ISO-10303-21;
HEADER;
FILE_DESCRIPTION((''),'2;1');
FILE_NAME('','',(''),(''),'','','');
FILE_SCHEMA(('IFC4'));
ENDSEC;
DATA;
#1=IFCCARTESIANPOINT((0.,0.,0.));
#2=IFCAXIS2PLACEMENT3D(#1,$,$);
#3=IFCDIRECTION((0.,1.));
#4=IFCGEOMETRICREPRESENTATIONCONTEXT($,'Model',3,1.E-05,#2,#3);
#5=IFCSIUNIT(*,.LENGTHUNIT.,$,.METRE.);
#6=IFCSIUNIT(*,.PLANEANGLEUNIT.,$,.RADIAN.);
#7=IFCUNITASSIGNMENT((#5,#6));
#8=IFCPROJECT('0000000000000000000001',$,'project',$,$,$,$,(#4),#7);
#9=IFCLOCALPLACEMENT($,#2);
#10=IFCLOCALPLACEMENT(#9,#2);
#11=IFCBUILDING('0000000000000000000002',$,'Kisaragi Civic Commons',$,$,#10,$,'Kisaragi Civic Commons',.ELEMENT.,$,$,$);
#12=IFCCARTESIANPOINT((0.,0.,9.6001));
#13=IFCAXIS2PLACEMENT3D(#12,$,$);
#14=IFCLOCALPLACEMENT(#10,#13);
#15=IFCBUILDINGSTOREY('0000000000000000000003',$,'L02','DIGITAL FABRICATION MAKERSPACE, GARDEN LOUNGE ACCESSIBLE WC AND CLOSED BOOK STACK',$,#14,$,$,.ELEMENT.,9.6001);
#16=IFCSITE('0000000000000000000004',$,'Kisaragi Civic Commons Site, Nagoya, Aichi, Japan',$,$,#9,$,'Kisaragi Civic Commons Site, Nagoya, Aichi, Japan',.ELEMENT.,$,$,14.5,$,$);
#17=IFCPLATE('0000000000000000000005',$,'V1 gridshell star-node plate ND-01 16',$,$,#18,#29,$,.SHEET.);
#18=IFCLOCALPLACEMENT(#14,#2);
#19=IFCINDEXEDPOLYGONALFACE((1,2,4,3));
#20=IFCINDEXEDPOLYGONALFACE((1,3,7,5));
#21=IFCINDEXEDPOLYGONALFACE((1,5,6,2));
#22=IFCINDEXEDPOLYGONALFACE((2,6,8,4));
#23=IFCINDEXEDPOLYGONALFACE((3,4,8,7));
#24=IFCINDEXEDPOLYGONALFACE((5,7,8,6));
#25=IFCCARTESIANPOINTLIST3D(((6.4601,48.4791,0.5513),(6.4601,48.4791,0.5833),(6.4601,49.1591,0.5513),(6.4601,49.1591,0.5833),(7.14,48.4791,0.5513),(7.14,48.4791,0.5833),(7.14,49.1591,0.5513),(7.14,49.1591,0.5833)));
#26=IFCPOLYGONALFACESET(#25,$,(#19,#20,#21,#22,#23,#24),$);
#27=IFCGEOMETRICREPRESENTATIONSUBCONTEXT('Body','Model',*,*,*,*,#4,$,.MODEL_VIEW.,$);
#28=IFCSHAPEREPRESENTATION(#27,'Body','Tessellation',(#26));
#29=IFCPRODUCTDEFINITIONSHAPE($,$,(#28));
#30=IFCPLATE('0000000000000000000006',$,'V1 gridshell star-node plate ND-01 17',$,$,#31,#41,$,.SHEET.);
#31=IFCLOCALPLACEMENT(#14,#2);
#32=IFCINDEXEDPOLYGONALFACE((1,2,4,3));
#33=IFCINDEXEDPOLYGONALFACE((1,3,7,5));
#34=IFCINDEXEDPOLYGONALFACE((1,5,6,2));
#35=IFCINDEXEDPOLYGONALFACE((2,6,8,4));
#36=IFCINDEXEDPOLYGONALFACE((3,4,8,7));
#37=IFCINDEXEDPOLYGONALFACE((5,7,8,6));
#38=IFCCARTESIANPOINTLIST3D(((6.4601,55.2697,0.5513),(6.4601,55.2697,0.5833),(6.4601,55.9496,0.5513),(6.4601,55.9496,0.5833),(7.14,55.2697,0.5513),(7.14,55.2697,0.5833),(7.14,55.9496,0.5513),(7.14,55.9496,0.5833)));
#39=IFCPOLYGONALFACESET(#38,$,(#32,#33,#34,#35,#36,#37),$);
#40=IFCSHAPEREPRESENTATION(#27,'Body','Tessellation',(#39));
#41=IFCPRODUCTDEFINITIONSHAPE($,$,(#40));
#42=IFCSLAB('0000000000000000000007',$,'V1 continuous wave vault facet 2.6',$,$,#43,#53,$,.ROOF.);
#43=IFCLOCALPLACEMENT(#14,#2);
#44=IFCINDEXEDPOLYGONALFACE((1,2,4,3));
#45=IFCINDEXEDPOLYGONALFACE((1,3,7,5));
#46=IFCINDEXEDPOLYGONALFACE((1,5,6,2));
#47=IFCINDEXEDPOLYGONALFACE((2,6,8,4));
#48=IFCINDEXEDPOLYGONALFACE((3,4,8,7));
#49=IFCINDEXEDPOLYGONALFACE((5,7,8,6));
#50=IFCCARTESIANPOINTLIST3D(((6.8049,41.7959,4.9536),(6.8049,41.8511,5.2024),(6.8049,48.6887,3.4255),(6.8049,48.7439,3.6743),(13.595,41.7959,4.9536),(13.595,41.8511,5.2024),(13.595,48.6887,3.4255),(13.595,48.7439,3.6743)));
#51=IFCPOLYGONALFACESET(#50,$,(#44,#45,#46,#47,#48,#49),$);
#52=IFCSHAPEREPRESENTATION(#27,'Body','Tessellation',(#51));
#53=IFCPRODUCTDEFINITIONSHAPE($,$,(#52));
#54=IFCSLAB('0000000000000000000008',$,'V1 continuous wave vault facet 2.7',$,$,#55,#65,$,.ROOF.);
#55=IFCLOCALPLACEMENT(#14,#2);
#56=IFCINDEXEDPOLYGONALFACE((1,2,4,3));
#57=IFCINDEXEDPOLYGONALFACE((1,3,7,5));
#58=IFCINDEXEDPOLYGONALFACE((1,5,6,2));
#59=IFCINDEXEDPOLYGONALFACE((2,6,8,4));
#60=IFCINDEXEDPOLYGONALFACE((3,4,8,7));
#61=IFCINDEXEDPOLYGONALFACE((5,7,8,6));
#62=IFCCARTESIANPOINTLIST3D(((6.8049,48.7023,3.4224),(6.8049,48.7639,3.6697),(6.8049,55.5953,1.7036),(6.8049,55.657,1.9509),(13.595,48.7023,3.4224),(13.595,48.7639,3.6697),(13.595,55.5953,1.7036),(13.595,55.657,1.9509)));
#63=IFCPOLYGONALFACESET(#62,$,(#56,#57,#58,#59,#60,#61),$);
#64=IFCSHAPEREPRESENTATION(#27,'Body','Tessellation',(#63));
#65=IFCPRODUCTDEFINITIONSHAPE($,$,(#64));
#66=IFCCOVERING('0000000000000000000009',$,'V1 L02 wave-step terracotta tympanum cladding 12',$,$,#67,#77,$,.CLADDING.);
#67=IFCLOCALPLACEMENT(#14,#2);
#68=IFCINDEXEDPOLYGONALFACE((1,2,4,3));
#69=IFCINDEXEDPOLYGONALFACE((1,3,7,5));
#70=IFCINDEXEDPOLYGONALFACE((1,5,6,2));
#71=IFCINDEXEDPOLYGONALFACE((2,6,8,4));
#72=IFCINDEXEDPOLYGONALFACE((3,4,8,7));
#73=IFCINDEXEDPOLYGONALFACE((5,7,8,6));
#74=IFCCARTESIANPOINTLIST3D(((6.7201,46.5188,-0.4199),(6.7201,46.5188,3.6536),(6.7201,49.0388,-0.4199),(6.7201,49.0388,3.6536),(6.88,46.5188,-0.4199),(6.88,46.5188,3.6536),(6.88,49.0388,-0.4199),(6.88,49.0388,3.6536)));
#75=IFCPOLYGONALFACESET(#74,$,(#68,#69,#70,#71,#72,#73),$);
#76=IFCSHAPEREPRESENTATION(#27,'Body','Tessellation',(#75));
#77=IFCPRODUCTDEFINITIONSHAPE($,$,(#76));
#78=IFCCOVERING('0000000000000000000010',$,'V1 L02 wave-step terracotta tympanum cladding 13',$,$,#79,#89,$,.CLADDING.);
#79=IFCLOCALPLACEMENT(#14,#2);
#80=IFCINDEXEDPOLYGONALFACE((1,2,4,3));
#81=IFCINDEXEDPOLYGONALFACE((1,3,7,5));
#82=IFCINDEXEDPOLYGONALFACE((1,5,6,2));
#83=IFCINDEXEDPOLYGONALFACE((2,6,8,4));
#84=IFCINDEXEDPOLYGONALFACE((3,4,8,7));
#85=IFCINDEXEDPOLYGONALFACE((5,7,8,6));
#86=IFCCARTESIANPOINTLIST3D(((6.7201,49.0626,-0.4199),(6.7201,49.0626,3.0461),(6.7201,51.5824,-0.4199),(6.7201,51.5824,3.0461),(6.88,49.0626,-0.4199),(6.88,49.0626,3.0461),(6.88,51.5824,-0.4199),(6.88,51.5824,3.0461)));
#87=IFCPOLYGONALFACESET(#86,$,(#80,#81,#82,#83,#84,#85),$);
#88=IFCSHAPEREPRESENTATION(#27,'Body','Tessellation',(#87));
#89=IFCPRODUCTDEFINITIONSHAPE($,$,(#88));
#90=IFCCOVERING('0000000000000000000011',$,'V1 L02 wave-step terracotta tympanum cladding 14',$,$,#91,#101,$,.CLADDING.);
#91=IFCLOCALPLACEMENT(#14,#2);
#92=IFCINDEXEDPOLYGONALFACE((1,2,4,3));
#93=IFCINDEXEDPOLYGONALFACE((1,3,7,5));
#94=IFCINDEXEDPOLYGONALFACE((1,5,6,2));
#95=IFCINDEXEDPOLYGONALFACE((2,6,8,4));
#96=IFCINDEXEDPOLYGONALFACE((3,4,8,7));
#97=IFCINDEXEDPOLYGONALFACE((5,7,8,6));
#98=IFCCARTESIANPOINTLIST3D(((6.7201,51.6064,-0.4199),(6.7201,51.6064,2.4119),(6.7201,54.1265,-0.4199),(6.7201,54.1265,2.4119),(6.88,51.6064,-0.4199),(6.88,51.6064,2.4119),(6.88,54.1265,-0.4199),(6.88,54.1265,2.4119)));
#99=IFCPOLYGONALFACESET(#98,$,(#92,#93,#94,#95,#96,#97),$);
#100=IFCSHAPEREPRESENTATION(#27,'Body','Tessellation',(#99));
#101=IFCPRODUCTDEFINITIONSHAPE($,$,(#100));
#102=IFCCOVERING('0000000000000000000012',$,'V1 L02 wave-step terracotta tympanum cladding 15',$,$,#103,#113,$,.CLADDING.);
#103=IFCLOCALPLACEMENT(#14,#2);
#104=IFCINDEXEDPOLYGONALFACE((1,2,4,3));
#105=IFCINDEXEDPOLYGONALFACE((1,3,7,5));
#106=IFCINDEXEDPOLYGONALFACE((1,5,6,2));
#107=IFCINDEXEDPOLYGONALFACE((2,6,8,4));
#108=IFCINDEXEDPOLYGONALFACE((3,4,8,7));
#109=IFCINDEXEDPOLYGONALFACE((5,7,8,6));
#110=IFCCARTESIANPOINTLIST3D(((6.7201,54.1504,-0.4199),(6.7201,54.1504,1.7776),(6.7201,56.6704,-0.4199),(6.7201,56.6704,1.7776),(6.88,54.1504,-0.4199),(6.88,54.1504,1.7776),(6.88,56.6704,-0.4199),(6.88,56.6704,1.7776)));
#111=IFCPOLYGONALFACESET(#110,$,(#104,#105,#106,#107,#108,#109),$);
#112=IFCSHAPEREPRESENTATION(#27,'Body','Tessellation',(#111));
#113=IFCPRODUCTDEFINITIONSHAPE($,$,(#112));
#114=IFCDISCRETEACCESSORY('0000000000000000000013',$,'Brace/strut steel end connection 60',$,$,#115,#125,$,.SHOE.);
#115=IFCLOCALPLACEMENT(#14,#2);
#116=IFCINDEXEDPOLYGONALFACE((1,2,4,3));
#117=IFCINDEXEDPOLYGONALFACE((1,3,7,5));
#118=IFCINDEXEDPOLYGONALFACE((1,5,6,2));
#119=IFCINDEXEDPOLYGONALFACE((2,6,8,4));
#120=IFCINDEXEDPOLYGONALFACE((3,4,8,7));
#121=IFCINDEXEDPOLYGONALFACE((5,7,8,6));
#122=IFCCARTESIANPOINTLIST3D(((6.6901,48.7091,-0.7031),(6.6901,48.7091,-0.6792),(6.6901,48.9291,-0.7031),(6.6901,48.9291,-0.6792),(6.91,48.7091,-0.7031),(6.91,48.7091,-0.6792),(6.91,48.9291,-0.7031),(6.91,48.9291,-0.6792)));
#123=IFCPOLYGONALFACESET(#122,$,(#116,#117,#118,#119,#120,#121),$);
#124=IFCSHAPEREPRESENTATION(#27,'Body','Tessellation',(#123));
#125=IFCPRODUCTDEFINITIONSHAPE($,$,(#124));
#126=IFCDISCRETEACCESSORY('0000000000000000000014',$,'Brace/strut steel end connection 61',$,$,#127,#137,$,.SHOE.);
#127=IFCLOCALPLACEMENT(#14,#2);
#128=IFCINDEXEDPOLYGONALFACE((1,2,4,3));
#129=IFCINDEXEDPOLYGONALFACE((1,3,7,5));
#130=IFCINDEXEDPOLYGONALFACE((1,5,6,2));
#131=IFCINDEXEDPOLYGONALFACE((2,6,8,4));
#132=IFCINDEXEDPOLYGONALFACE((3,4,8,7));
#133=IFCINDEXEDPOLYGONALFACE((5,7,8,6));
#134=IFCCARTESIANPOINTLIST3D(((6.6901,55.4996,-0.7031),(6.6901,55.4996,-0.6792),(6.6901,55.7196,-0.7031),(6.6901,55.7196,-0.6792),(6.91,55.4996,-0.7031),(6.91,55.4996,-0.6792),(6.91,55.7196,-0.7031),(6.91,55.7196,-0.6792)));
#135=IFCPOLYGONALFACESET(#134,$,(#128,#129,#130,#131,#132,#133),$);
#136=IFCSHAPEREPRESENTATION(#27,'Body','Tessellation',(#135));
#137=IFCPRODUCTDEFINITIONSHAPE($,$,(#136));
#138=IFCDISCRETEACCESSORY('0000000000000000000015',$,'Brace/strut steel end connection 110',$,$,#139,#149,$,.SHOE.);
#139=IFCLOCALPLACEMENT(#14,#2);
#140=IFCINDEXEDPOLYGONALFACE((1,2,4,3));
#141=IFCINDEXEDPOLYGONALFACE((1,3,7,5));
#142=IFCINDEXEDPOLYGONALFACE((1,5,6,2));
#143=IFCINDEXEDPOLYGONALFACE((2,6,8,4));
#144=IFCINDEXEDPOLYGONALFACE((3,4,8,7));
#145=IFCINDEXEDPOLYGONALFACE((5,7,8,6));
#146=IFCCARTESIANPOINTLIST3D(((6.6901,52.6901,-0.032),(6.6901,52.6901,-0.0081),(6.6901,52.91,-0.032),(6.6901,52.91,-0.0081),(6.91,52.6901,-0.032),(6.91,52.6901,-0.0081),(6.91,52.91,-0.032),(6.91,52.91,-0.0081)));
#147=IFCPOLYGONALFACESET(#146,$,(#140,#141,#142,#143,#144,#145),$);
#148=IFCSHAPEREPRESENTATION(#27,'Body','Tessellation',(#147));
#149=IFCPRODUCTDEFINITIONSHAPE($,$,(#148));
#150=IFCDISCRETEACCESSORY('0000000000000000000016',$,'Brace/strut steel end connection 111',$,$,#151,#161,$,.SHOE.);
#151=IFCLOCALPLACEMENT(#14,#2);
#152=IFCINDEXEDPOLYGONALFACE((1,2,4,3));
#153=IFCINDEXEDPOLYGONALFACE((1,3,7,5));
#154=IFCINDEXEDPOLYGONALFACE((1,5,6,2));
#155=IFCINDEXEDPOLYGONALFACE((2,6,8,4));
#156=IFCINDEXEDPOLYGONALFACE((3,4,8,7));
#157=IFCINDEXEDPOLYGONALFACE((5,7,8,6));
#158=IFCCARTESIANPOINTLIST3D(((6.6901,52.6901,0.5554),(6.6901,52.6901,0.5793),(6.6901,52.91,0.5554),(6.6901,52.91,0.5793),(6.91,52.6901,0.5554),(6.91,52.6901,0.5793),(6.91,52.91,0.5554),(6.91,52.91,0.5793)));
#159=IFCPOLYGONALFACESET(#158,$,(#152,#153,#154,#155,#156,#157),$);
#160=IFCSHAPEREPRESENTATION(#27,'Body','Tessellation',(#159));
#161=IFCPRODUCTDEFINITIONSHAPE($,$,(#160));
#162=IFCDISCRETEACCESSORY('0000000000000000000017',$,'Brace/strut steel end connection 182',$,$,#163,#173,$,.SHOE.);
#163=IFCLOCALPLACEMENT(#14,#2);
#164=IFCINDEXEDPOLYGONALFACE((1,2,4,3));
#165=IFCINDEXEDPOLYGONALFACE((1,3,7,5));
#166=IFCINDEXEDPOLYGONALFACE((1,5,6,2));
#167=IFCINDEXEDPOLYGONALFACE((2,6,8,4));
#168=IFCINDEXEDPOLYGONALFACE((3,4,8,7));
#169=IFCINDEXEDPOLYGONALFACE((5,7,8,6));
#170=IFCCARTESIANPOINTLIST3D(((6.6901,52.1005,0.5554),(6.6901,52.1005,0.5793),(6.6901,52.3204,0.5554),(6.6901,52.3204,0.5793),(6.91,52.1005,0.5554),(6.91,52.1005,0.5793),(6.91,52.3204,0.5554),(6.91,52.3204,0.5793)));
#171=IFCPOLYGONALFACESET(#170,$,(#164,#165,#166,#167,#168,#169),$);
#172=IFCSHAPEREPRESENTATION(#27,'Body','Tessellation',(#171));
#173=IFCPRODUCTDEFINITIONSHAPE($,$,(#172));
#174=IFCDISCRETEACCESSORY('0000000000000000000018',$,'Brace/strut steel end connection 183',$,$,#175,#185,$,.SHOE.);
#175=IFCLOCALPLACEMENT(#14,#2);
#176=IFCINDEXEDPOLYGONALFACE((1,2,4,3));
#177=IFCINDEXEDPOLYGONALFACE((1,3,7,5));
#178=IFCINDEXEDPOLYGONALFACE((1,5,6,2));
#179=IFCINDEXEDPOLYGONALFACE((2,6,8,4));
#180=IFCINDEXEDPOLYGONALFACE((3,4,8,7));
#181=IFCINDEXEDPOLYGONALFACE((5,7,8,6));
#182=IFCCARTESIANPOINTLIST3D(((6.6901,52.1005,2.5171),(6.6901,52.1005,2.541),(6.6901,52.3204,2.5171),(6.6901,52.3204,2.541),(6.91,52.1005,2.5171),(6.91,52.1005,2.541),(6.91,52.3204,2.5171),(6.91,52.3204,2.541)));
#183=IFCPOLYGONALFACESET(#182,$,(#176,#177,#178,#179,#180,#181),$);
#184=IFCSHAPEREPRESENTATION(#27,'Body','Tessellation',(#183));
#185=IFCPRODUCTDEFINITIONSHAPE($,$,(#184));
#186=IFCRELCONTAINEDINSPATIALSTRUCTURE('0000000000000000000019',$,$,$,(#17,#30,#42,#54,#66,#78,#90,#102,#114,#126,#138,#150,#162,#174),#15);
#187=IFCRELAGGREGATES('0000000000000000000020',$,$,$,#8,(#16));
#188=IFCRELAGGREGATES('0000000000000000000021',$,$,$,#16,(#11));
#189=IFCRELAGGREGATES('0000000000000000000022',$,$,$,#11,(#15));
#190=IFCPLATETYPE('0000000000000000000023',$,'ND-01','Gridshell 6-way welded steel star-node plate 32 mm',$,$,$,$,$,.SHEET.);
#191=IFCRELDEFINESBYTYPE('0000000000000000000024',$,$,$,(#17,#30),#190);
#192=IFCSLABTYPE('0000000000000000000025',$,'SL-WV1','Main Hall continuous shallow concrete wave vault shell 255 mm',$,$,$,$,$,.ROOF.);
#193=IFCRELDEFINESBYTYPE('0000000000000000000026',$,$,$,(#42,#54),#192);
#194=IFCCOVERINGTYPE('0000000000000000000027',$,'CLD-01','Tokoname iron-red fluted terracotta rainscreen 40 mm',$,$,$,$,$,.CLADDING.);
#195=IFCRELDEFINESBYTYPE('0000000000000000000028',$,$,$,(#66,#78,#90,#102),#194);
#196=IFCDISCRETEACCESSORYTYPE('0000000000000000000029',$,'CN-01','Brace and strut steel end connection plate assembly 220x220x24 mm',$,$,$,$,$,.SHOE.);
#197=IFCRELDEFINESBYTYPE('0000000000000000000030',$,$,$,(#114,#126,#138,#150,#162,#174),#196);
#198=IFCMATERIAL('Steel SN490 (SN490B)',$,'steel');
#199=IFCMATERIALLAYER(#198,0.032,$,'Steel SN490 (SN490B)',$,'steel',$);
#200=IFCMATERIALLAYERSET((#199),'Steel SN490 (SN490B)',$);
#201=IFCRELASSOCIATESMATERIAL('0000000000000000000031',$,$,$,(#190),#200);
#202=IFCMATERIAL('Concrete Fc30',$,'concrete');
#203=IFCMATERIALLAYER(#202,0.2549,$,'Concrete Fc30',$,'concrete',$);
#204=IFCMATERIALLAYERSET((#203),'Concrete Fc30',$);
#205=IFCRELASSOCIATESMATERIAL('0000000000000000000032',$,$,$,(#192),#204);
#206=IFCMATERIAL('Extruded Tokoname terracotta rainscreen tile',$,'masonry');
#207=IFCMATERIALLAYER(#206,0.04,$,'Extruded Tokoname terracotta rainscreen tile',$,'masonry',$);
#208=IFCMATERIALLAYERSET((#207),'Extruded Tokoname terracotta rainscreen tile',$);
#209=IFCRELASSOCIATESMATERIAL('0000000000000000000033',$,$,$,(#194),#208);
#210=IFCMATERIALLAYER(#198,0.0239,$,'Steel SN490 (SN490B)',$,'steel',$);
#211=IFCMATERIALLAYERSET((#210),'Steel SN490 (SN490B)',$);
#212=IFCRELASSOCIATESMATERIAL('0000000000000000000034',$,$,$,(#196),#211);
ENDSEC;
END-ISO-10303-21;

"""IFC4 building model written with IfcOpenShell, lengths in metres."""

from ifc_helpers import new_model, si_unit, direction, frame, origin, origin_2d, place, context, subcontext, project, spatial, polyline, rectangle, outline, extrude, material, layer, layer_set, type_object, element, save


model = new_model("IFC4")

# Units and contexts
model_context = context("Model", 3, precision=1e-05, world=origin(), true_north=direction((0.0, 1.0)))
body_context = subcontext(model_context, "Body", "Model", "MODEL_VIEW")
ifc_project = project(units=[si_unit("LENGTHUNIT", "METRE"), si_unit("PLANEANGLEUNIT", "RADIAN")], contexts=[model_context])

# Site, building, storey
site_placement = place(None, origin())
site = spatial("IfcSite", under=ifc_project, at=site_placement, Name="Kisaragi Civic Commons Site, Nagoya, Aichi, Japan", LongName="Kisaragi Civic Commons Site, Nagoya, Aichi, Japan", CompositionType="ELEMENT", RefElevation=14.5)
building_placement = place(site_placement, origin())
building = spatial("IfcBuilding", under=site, at=building_placement, Name="Kisaragi Civic Commons", LongName="Kisaragi Civic Commons", CompositionType="ELEMENT")
storey_placement = place(building_placement, frame((0.0, 0.0, 9.6001)))
storey = spatial("IfcBuildingStorey", under=building, at=storey_placement, Name="L02", Description="DIGITAL FABRICATION MAKERSPACE, GARDEN LOUNGE ACCESSIBLE WC AND CLOSED BOOK STACK", CompositionType="ELEMENT", Elevation=9.6001)

# Shared definitions
ifc_material_1 = material(Name="Steel SN490 (SN490B)", Category="steel")

# Plates
ifc_layer_1 = layer(ifc_material_1, 0.032, Name="Steel SN490 (SN490B)", Category="steel")
ifc_layer_set_1 = layer_set([ifc_layer_1], Name="Steel SN490 (SN490B)")
plate_type_1 = type_object("IfcPlateType", Name="ND-01", Description="Gridshell 6-way welded steel star-node plate 32 mm", PredefinedType="SHEET", material=ifc_layer_set_1)
for number, where, z_axis, x_axis, name in (
    (1, (6.8, 48.8191, 0.5513), (0.0, 0.0, 1.0), (1.0, 0.0, 0.0), "V1 gridshell star-node plate ND-01 16"),
    (2, (6.8, 55.6096, 0.5513), (0.0, 0.0, 1.0), (1.0, 0.0, 0.0), "V1 gridshell star-node plate ND-01 17"),
):
    element("IfcPlate", number, at=place(storey_placement, frame(where, z_axis=z_axis, x_axis=x_axis)), inside=storey, type_object=plate_type_1, Name=name, PredefinedType="SHEET", context=body_context, shape_type="SweptSolid", body=[
        extrude(rectangle(XDim=0.6799, YDim=0.6799, at=origin_2d()), origin(), (0.0, 0.0, 1.0), 0.032),
    ])

# Slabs
ifc_material_2 = material(Name="Concrete Fc30", Category="concrete")
ifc_layer_2 = layer(ifc_material_2, 0.2549, Name="Concrete Fc30", Category="concrete")
ifc_layer_set_2 = layer_set([ifc_layer_2], Name="Concrete Fc30")
slab_type = type_object("IfcSlabType", Name="SL-WV1", Description="Main Hall continuous shallow concrete wave vault shell 255 mm", PredefinedType="ROOF", material=ifc_layer_set_2)
slab_1_placement = place(storey_placement, frame((13.595, 48.7439, 3.6743), z_axis=(0.0, 0.216436, 0.976297), x_axis=(-1.0, 0.0, 0.0)))
element("IfcSlab", 3, at=slab_1_placement, inside=storey, type_object=slab_type, Name="V1 continuous wave vault facet 2.6", PredefinedType="ROOF", context=body_context, shape_type="SweptSolid", body=[
    extrude(outline(polyline([(0.0, 0.0), (6.79, 0.0), (6.79, 7.0602), (0.0, 7.0602), (0.0, 0.0)])), origin(), (0.0, 0.0, -1.0), 0.2549),
])
slab_2_placement = place(storey_placement, frame((13.595, 55.657, 1.9509), z_axis=(0.0, 0.241937, 0.970292), x_axis=(-1.0, 0.0, 0.0)))
element("IfcSlab", 4, at=slab_2_placement, inside=storey, type_object=slab_type, Name="V1 continuous wave vault facet 2.7", PredefinedType="ROOF", context=body_context, shape_type="SweptSolid", body=[
    extrude(outline(polyline([(0.0, 0.0), (6.79, 0.0), (6.79, 7.1041), (0.0, 7.1041), (0.0, 0.0)])), origin(), (0.0, 0.0, -1.0), 0.2549),
])

# Coverings
ifc_material_3 = material(Name="Extruded Tokoname terracotta rainscreen tile", Category="masonry")
ifc_layer_3 = layer(ifc_material_3, 0.04, Name="Extruded Tokoname terracotta rainscreen tile", Category="masonry")
ifc_layer_set_3 = layer_set([ifc_layer_3], Name="Extruded Tokoname terracotta rainscreen tile")
covering_type = type_object("IfcCoveringType", Name="CLD-01", Description="Tokoname iron-red fluted terracotta rainscreen 40 mm", PredefinedType="CLADDING", material=ifc_layer_set_3)
covering_1_placement = place(storey_placement, frame((6.8, 47.7788, -0.4199), z_axis=(0.0, 0.0, 1.0), x_axis=(0.0, 1.0, 0.0)))
element("IfcCovering", 5, at=covering_1_placement, inside=storey, type_object=covering_type, Name="V1 L02 wave-step terracotta tympanum cladding 12", PredefinedType="CLADDING", context=body_context, shape_type="SweptSolid", body=[
    extrude(rectangle(XDim=2.52, YDim=0.1599, at=origin_2d()), origin(), (0.0, 0.0, 1.0), 4.0735),
])
covering_2_placement = place(storey_placement, frame((6.8, 50.3225, -0.4199), z_axis=(0.0, 0.0, 1.0), x_axis=(0.0, 1.0, 0.0)))
element("IfcCovering", 6, at=covering_2_placement, inside=storey, type_object=covering_type, Name="V1 L02 wave-step terracotta tympanum cladding 13", PredefinedType="CLADDING", context=body_context, shape_type="SweptSolid", body=[
    extrude(rectangle(XDim=2.5198, YDim=0.1599, at=origin_2d()), origin(), (0.0, 0.0, 1.0), 3.4661),
])
covering_3_placement = place(storey_placement, frame((6.8, 52.8665, -0.4199), z_axis=(0.0, 0.0, 1.0), x_axis=(0.0, 1.0, 0.0)))
element("IfcCovering", 7, at=covering_3_placement, inside=storey, type_object=covering_type, Name="V1 L02 wave-step terracotta tympanum cladding 14", PredefinedType="CLADDING", context=body_context, shape_type="SweptSolid", body=[
    extrude(rectangle(XDim=2.52, YDim=0.1599, at=origin_2d()), origin(), (0.0, 0.0, 1.0), 2.8318),
])
covering_4_placement = place(storey_placement, frame((6.8, 55.4104, -0.4199), z_axis=(0.0, 0.0, 1.0), x_axis=(0.0, 1.0, 0.0)))
element("IfcCovering", 8, at=covering_4_placement, inside=storey, type_object=covering_type, Name="V1 L02 wave-step terracotta tympanum cladding 15", PredefinedType="CLADDING", context=body_context, shape_type="SweptSolid", body=[
    extrude(rectangle(XDim=2.52, YDim=0.1599, at=origin_2d()), origin(), (0.0, 0.0, 1.0), 2.1975),
])

# Discrete accessories
ifc_layer_4 = layer(ifc_material_1, 0.0239, Name="Steel SN490 (SN490B)", Category="steel")
ifc_layer_set_4 = layer_set([ifc_layer_4], Name="Steel SN490 (SN490B)")
discrete_accessory_type = type_object("IfcDiscreteAccessoryType", Name="CN-01", Description="Brace and strut steel end connection plate assembly 220x220x24 mm", PredefinedType="SHOE", material=ifc_layer_set_4)
for number, where, z_axis, x_axis, name in (
    (9, (6.8, 48.8191, -0.7031), (0.0, 0.0, 1.0), (1.0, 0.0, 0.0), "Brace/strut steel end connection 60"),
    (10, (6.8, 55.6096, -0.7031), (0.0, 0.0, 1.0), (1.0, 0.0, 0.0), "Brace/strut steel end connection 61"),
    (11, (6.8, 52.8, -0.032), (0.0, 0.0, 1.0), (1.0, 0.0, 0.0), "Brace/strut steel end connection 110"),
    (12, (6.8, 52.8, 0.5554), (0.0, 0.0, 1.0), (1.0, 0.0, 0.0), "Brace/strut steel end connection 111"),
    (13, (6.8, 52.2104, 0.5554), (0.0, 0.0, 1.0), (1.0, 0.0, 0.0), "Brace/strut steel end connection 182"),
    (14, (6.8, 52.2104, 2.5171), (0.0, 0.0, 1.0), (1.0, 0.0, 0.0), "Brace/strut steel end connection 183"),
):
    element("IfcDiscreteAccessory", number, at=place(storey_placement, frame(where, z_axis=z_axis, x_axis=x_axis)), inside=storey, type_object=discrete_accessory_type, Name=name, PredefinedType="SHOE", context=body_context, shape_type="SweptSolid", body=[
        extrude(rectangle(XDim=0.22, YDim=0.22, at=origin_2d()), origin(), (0.0, 0.0, 1.0), 0.0239),
    ])

save(model, "model.ifc")
